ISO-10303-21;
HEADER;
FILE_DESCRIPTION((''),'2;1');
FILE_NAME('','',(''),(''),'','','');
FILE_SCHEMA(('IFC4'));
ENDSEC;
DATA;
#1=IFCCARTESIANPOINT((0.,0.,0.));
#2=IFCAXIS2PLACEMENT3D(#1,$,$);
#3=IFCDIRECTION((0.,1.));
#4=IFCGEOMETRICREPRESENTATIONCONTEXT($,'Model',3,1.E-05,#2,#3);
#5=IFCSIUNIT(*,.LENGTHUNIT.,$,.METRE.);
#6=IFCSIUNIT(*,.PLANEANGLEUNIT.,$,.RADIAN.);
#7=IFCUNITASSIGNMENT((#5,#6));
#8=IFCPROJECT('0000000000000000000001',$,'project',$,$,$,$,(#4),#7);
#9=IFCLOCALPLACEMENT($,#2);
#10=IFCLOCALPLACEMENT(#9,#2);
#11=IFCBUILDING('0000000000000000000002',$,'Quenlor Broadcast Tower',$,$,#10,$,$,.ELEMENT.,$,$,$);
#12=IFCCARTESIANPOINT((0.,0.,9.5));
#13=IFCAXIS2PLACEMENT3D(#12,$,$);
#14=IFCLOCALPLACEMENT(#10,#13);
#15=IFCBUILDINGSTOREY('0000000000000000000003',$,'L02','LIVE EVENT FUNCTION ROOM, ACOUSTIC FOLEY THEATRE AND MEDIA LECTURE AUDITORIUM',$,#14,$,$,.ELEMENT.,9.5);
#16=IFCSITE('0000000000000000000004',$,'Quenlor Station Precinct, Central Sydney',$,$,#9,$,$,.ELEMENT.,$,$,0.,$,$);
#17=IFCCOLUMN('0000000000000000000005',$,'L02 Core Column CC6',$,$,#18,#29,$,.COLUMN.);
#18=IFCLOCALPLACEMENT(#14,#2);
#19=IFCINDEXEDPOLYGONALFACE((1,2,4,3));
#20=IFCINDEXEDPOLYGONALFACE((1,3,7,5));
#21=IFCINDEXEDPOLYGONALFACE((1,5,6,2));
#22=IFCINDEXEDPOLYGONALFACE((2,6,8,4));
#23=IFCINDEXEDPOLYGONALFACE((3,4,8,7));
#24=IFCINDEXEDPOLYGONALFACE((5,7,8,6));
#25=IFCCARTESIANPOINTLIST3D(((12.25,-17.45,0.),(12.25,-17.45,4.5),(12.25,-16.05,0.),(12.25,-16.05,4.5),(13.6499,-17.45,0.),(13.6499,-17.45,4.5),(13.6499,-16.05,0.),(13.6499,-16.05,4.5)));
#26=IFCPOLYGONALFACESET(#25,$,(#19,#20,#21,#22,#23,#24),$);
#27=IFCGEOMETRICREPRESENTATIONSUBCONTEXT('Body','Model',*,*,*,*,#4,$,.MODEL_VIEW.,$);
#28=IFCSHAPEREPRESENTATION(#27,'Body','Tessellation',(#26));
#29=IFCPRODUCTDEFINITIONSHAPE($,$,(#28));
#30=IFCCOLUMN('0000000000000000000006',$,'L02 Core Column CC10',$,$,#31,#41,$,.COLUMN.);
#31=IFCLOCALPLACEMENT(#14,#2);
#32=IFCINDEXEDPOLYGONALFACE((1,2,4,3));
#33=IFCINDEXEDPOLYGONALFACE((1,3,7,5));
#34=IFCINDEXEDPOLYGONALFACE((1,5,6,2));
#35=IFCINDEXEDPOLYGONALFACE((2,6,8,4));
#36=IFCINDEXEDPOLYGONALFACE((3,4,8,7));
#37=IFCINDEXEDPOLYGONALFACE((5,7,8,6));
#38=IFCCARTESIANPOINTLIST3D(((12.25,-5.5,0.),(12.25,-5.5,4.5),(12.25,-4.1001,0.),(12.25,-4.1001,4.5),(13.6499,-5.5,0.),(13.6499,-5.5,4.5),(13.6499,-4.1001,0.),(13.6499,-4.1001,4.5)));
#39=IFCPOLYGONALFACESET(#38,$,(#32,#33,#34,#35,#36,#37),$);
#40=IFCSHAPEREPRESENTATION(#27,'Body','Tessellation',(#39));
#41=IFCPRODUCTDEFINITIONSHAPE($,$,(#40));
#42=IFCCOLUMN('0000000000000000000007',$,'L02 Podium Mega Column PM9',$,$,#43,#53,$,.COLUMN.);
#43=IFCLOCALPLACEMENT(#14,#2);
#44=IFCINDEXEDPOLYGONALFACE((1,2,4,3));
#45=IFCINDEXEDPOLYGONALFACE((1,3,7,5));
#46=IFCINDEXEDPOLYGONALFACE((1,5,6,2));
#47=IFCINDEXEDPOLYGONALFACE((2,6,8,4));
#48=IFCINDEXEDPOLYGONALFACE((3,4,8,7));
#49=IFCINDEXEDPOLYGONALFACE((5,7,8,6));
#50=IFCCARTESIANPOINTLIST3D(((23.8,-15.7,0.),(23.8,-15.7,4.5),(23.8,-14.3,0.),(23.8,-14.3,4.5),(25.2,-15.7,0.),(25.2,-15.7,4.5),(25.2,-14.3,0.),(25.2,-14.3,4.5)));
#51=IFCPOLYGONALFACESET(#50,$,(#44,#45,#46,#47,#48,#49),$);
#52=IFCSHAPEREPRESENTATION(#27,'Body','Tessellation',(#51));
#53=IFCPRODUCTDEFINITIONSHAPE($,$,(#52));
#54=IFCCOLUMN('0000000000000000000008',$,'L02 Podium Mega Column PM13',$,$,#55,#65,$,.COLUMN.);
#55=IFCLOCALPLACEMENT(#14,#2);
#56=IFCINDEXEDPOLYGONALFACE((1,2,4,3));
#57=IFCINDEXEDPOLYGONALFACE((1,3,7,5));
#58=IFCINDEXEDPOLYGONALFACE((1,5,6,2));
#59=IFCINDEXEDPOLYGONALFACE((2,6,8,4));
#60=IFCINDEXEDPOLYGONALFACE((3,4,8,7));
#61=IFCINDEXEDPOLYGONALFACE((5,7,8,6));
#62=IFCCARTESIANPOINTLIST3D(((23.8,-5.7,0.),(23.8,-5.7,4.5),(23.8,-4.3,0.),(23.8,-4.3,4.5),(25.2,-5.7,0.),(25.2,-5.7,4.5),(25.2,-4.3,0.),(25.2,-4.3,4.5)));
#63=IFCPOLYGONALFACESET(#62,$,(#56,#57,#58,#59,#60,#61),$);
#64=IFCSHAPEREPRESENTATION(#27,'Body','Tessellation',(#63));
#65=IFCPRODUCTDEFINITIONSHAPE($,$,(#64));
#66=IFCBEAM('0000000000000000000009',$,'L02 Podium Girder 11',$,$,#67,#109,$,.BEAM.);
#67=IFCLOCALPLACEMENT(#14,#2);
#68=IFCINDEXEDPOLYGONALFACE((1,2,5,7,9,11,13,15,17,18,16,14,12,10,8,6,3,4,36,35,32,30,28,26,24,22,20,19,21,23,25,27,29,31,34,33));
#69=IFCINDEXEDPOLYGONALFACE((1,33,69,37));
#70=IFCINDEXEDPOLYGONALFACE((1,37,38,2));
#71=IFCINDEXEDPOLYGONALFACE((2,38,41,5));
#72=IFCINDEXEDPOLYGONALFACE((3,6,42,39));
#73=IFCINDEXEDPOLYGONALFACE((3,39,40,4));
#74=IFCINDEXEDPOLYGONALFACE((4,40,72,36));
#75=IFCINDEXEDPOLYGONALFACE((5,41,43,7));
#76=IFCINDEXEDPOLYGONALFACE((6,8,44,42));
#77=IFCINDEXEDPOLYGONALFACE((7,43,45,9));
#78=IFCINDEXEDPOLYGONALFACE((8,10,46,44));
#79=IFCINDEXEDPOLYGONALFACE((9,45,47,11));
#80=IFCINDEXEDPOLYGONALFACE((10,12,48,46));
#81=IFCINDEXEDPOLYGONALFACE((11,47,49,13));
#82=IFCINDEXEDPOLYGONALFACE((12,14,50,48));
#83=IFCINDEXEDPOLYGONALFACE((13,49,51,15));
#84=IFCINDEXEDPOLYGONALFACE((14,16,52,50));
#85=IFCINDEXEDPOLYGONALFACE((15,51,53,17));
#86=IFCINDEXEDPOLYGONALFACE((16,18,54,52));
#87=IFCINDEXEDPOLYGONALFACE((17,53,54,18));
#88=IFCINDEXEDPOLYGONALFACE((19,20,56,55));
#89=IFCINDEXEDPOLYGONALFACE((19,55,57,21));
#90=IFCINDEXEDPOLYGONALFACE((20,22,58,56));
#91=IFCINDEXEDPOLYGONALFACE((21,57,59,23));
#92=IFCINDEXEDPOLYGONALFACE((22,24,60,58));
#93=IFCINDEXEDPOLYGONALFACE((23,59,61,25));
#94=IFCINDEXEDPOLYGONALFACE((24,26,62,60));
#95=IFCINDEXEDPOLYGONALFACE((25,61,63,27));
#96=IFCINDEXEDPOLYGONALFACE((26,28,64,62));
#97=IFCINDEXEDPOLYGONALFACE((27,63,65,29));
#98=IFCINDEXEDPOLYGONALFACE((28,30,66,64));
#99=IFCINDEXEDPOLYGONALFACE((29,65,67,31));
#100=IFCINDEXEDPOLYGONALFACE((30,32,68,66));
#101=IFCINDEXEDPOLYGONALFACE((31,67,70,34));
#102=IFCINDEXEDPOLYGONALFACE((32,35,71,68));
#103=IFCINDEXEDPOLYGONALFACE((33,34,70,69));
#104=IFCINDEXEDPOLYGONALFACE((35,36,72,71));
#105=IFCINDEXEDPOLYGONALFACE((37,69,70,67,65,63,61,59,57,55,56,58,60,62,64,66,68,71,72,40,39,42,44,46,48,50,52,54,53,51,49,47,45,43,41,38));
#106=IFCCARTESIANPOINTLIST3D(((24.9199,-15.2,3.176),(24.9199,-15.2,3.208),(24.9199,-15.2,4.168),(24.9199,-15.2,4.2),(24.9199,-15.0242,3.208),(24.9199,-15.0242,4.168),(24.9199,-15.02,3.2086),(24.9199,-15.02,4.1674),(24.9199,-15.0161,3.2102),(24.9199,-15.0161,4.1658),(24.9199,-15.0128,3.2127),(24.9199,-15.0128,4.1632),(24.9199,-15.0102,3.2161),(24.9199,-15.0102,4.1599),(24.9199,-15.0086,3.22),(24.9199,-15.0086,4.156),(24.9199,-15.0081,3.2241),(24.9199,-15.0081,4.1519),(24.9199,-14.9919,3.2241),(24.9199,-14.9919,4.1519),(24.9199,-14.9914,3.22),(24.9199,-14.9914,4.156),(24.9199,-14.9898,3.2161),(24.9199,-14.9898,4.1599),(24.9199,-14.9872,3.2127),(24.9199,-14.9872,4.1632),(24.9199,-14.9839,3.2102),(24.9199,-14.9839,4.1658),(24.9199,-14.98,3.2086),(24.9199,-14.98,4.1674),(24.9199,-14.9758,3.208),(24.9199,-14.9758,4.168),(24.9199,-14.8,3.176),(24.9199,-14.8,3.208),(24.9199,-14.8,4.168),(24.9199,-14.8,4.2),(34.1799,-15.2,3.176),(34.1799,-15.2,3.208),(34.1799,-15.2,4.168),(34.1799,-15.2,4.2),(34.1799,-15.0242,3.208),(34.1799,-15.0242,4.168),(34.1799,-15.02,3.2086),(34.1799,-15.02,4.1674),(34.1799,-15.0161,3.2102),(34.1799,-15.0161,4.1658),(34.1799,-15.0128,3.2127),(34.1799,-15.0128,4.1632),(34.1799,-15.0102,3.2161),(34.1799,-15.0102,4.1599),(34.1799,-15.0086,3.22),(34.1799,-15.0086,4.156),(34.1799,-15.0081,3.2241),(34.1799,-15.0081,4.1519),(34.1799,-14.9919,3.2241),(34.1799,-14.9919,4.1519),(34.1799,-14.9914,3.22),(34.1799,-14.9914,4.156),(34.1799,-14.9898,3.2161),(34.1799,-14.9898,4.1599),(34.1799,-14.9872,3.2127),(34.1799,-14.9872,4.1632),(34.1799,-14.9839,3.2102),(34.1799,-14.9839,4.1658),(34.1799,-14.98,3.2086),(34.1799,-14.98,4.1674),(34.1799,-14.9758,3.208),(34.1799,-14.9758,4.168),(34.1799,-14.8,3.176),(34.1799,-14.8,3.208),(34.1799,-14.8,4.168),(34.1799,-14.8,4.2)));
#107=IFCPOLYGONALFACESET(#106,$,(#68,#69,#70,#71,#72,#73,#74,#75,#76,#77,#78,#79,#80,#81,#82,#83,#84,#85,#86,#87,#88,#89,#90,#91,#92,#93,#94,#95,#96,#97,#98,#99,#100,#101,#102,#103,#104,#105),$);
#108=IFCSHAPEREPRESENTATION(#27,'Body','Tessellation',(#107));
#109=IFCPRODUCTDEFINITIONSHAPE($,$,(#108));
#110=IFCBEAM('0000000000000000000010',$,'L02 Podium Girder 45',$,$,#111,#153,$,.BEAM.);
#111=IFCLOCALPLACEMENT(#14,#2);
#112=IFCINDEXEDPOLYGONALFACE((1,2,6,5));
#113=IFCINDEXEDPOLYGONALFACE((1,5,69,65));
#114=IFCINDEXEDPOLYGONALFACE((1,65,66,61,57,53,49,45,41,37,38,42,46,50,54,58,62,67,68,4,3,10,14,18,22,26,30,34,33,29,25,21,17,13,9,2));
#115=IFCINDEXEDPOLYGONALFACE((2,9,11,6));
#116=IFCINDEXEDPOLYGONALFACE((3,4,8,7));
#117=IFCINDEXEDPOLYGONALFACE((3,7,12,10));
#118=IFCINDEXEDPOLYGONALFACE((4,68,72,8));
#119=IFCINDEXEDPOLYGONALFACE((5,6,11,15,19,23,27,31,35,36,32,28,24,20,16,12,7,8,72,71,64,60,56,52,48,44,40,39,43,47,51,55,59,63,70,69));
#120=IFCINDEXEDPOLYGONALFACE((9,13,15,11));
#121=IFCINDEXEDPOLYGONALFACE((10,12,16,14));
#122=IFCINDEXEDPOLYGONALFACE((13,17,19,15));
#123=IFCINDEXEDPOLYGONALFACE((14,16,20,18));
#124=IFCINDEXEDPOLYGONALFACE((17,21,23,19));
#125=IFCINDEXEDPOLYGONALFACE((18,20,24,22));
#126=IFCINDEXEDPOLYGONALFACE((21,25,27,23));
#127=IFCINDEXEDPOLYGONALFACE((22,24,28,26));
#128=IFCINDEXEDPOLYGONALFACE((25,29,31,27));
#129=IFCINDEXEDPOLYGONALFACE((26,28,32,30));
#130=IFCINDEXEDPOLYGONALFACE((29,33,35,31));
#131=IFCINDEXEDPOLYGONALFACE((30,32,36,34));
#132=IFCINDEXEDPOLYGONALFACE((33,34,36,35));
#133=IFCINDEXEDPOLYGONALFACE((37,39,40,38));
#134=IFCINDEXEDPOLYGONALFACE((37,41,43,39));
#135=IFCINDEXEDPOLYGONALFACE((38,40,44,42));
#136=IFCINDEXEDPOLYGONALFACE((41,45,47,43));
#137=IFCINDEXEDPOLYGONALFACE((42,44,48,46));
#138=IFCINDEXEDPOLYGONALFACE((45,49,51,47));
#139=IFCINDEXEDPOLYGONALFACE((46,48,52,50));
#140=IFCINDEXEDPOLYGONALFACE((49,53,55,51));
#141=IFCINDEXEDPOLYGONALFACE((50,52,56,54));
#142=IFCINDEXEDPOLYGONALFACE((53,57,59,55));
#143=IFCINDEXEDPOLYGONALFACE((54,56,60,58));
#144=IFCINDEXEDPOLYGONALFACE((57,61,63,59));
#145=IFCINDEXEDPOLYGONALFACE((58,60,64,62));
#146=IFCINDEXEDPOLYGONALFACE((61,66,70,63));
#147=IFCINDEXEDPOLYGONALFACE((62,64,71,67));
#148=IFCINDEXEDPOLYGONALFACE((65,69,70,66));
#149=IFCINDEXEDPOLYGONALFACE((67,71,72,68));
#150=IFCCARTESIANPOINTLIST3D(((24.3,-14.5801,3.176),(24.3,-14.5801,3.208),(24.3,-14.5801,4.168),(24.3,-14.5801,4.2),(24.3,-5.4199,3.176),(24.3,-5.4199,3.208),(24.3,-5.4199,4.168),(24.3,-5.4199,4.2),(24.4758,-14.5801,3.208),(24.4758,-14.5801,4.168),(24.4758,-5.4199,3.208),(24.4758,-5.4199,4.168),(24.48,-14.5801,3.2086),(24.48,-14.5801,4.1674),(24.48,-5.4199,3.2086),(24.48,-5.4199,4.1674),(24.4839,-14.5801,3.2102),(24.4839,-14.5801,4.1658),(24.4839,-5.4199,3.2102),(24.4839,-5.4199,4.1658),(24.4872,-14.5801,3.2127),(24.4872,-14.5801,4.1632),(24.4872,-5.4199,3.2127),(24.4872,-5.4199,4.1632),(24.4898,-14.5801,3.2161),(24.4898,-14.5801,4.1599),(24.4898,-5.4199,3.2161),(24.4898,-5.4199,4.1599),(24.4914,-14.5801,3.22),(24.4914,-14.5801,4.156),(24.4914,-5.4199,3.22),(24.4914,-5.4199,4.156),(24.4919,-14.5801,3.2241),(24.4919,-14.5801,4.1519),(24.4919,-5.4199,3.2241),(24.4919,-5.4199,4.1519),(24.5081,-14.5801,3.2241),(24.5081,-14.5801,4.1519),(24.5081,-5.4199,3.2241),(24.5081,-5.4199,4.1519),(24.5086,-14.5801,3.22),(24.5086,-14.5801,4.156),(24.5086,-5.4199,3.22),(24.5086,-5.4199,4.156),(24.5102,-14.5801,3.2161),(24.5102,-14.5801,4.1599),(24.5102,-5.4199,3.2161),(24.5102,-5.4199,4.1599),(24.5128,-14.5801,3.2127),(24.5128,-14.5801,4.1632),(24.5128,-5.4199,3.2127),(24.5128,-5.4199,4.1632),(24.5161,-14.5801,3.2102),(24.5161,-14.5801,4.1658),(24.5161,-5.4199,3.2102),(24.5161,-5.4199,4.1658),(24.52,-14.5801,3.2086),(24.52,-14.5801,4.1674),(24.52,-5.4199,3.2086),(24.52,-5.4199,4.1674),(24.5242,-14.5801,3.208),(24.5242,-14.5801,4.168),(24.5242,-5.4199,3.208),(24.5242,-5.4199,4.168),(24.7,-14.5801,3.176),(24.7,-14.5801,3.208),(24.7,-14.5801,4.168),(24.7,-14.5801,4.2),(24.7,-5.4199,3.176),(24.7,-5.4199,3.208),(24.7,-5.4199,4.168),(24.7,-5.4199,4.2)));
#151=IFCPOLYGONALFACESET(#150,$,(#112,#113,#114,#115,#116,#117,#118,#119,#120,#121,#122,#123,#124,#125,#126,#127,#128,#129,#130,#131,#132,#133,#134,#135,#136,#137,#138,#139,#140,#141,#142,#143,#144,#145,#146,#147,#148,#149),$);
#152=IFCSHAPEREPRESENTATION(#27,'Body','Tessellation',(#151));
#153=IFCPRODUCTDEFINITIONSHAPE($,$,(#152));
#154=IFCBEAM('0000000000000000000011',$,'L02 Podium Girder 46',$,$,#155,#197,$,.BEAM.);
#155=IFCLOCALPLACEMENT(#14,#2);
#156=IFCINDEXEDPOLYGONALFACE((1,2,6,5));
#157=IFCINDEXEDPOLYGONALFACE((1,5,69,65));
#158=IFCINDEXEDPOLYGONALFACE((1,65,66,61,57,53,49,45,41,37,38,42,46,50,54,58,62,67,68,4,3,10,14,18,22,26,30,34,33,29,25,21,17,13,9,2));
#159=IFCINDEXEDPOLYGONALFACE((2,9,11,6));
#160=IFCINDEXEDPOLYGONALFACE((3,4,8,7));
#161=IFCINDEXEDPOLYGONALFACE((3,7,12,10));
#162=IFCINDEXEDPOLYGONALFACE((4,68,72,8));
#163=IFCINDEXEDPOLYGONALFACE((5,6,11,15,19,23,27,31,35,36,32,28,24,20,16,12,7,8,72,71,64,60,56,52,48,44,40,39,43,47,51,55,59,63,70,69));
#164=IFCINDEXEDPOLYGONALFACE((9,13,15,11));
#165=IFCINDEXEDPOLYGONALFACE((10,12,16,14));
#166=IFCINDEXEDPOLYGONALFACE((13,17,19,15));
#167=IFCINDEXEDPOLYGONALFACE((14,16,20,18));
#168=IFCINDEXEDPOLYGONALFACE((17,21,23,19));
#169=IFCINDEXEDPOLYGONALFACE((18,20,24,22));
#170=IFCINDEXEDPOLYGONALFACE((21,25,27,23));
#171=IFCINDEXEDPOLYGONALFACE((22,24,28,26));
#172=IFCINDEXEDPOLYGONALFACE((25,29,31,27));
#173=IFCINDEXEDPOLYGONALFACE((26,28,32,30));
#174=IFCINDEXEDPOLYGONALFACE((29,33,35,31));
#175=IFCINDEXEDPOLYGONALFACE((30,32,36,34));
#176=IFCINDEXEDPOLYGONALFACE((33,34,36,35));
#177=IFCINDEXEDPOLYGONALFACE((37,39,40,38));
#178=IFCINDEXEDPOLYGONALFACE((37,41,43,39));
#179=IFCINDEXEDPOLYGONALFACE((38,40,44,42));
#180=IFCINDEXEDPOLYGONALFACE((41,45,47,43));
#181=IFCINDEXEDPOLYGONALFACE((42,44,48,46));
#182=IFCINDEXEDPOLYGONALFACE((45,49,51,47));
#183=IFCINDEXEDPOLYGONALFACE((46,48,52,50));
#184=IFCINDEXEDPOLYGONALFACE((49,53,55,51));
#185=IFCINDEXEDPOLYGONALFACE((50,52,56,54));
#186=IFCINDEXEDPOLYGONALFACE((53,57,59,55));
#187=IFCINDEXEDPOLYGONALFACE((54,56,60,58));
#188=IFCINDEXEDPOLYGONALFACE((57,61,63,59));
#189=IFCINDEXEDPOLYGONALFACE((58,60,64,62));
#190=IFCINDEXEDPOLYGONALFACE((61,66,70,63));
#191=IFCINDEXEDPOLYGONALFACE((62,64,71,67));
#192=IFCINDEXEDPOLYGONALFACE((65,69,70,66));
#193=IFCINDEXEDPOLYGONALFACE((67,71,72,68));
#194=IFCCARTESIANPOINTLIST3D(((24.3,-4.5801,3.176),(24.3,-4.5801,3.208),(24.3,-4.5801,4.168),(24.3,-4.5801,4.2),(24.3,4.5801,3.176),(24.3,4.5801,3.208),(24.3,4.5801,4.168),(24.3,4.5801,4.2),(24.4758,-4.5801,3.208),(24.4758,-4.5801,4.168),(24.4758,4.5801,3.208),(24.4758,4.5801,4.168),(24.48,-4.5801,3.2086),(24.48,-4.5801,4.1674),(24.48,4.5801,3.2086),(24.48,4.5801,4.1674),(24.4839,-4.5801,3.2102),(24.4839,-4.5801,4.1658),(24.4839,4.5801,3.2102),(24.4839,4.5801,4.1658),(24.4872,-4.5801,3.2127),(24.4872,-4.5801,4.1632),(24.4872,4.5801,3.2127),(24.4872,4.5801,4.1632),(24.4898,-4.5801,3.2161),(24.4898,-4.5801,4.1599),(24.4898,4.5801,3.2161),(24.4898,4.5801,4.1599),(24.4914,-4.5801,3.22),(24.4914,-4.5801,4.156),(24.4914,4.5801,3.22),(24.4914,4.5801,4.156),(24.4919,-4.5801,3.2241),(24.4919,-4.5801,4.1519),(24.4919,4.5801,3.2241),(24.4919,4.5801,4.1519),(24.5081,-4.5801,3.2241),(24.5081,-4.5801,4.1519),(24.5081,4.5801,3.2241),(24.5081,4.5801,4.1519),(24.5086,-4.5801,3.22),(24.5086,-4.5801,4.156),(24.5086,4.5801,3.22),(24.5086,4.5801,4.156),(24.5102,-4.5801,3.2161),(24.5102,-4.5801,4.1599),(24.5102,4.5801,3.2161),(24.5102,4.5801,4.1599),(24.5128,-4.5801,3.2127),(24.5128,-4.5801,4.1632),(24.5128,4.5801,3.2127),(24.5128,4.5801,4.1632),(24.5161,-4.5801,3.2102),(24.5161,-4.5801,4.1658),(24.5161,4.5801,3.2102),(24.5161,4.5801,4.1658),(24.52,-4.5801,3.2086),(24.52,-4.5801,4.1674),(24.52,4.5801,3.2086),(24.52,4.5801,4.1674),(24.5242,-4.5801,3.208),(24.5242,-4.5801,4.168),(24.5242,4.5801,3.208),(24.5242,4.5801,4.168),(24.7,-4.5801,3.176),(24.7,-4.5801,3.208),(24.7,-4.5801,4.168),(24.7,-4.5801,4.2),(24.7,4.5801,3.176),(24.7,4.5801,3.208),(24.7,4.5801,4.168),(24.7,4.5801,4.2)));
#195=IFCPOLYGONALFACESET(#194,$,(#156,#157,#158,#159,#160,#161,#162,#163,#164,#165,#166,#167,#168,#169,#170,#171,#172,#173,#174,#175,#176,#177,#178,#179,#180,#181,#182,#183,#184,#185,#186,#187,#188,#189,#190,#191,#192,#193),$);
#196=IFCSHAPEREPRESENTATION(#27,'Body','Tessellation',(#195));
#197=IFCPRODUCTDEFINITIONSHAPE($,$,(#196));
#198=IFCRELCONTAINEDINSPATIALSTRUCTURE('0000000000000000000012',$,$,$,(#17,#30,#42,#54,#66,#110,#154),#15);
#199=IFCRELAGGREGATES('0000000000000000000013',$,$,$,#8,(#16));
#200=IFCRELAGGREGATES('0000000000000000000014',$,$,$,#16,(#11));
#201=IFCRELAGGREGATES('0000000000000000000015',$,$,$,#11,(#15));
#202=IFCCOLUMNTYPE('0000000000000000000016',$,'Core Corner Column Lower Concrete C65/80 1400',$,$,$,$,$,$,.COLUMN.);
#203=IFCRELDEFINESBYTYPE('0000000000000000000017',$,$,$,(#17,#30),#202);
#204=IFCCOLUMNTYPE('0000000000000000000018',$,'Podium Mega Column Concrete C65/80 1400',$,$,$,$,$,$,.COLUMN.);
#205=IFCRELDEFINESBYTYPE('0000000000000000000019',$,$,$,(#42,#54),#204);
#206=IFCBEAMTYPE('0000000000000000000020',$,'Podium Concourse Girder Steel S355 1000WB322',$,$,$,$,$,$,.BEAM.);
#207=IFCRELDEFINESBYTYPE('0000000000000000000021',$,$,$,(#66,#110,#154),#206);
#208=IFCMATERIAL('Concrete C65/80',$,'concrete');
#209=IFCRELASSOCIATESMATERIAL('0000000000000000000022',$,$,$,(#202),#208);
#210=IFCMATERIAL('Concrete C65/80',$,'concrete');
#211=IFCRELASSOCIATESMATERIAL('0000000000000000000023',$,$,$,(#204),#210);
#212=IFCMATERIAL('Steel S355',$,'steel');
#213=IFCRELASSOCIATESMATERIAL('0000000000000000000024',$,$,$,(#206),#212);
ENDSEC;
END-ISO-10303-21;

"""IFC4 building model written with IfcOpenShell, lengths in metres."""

from ifc_helpers import new_model, si_unit, direction, frame, origin, origin_2d, place, context, subcontext, project, spatial, rectangle, i_section, extrude, material, material_profile, profile_set, type_object, element, save


model = new_model("IFC4")

# Units and contexts
model_context = context("Model", 3, precision=1e-05, world=origin(), true_north=direction((0.0, 1.0)))
body_context = subcontext(model_context, "Body", "Model", "MODEL_VIEW")
ifc_project = project(units=[si_unit("LENGTHUNIT", "METRE"), si_unit("PLANEANGLEUNIT", "RADIAN")], contexts=[model_context])

# Site, building, storey
site_placement = place(None, origin())
site = spatial("IfcSite", under=ifc_project, at=site_placement, Name="Quenlor Station Precinct, Central Sydney", CompositionType="ELEMENT", RefElevation=0.0)
building_placement = place(site_placement, origin())
building = spatial("IfcBuilding", under=site, at=building_placement, Name="Quenlor Broadcast Tower", CompositionType="ELEMENT")
storey_placement = place(building_placement, frame((0.0, 0.0, 9.5)))
storey = spatial("IfcBuildingStorey", under=building, at=storey_placement, Name="L02", Description="LIVE EVENT FUNCTION ROOM, ACOUSTIC FOLEY THEATRE AND MEDIA LECTURE AUDITORIUM", CompositionType="ELEMENT", Elevation=9.5)

# Columns
ifc_material_1 = material(Name="Concrete C65/80", Category="concrete")
ifc_material_profile_1 = material_profile(ifc_material_1, rectangle(XDim=1.3999, YDim=1.3999, at=origin_2d()))
ifc_profile_set_1 = profile_set([ifc_material_profile_1], Name="Concrete C65/80 RC1400x1400")
column_type_1 = type_object("IfcColumnType", Name="Core Corner Column Lower Concrete C65/80 1400", PredefinedType="COLUMN", material=ifc_profile_set_1)
for number, where, z_axis, x_axis, name in (
    (1, (12.95, -16.75, 0.0), (0.0, 0.0, 1.0), (1.0, 0.0, 0.0), "L02 Core Column CC6"),
    (2, (12.95, -4.8, 0.0), (0.0, 0.0, 1.0), (1.0, 0.0, 0.0), "L02 Core Column CC10"),
):
    element("IfcColumn", number, at=place(storey_placement, frame(where, z_axis=z_axis, x_axis=x_axis)), inside=storey, type_object=column_type_1, Name=name, PredefinedType="COLUMN", context=body_context, shape_type="SweptSolid", body=[
        extrude(rectangle(XDim=1.3999, YDim=1.3999, at=origin_2d()), origin(), (0.0, 0.0, 1.0), 4.5),
    ])
ifc_material_2 = material(Name="Concrete C65/80", Category="concrete")
ifc_material_profile_2 = material_profile(ifc_material_2, rectangle(XDim=1.3999, YDim=1.3999, at=origin_2d()))
ifc_profile_set_2 = profile_set([ifc_material_profile_2], Name="Concrete C65/80 RC1400x1400")
column_type_2 = type_object("IfcColumnType", Name="Podium Mega Column Concrete C65/80 1400", PredefinedType="COLUMN", material=ifc_profile_set_2)
for number, where, z_axis, x_axis, name in (
    (3, (24.5, -15.0, 0.0), (0.0, 0.0, 1.0), (1.0, 0.0, 0.0), "L02 Podium Mega Column PM9"),
    (4, (24.5, -5.0, 0.0), (0.0, 0.0, 1.0), (1.0, 0.0, 0.0), "L02 Podium Mega Column PM13"),
):
    element("IfcColumn", number, at=place(storey_placement, frame(where, z_axis=z_axis, x_axis=x_axis)), inside=storey, type_object=column_type_2, Name=name, PredefinedType="COLUMN", context=body_context, shape_type="SweptSolid", body=[
        extrude(rectangle(XDim=1.3999, YDim=1.3999, at=origin_2d()), origin(), (0.0, 0.0, 1.0), 4.5),
    ])

# Beams
ifc_material_3 = material(Name="Steel S355", Category="steel")
ifc_material_profile_3 = material_profile(ifc_material_3, i_section(OverallWidth=0.3999, OverallDepth=1.0239, WebThickness=0.0161, FlangeThickness=0.032, FilletRadius=0.0161, at=origin_2d()))
ifc_profile_set_3 = profile_set([ifc_material_profile_3], Name="Steel S355 1000WB322")
beam_type_1 = type_object("IfcBeamType", Name="Podium Concourse Girder Steel S355 1000WB322", PredefinedType="BEAM", material=ifc_profile_set_3)
beam_1_placement = place(storey_placement, frame((24.9199, -15.0, 3.688), z_axis=(1.0, 0.0, 0.0), x_axis=(0.0, 1.0, 0.0)))
element("IfcBeam", 5, at=beam_1_placement, inside=storey, type_object=beam_type_1, Name="L02 Podium Girder 11", PredefinedType="BEAM", context=body_context, shape_type="SweptSolid", body=[
    extrude(i_section(OverallWidth=0.3999, OverallDepth=1.0239, WebThickness=0.0161, FlangeThickness=0.032, FilletRadius=0.0161, at=origin_2d()), origin(), (0.0, 0.0, 1.0), 9.26),
])
for number, where, z_axis, x_axis, name in (
    (6, (24.5, -14.5801, 3.688), (0.0, 1.0, 0.0), (-1.0, 0.0, 0.0), "L02 Podium Girder 45"),
    (7, (24.5, -4.5801, 3.688), (0.0, 1.0, 0.0), (-1.0, 0.0, 0.0), "L02 Podium Girder 46"),
):
    element("IfcBeam", number, at=place(storey_placement, frame(where, z_axis=z_axis, x_axis=x_axis)), inside=storey, type_object=beam_type_1, Name=name, PredefinedType="BEAM", context=body_context, shape_type="SweptSolid", body=[
        extrude(i_section(OverallWidth=0.3999, OverallDepth=1.0239, WebThickness=0.0161, FlangeThickness=0.032, FilletRadius=0.0161, at=origin_2d()), origin(), (0.0, 0.0, 1.0), 9.1602),
    ])

save(model, "model.ifc")
